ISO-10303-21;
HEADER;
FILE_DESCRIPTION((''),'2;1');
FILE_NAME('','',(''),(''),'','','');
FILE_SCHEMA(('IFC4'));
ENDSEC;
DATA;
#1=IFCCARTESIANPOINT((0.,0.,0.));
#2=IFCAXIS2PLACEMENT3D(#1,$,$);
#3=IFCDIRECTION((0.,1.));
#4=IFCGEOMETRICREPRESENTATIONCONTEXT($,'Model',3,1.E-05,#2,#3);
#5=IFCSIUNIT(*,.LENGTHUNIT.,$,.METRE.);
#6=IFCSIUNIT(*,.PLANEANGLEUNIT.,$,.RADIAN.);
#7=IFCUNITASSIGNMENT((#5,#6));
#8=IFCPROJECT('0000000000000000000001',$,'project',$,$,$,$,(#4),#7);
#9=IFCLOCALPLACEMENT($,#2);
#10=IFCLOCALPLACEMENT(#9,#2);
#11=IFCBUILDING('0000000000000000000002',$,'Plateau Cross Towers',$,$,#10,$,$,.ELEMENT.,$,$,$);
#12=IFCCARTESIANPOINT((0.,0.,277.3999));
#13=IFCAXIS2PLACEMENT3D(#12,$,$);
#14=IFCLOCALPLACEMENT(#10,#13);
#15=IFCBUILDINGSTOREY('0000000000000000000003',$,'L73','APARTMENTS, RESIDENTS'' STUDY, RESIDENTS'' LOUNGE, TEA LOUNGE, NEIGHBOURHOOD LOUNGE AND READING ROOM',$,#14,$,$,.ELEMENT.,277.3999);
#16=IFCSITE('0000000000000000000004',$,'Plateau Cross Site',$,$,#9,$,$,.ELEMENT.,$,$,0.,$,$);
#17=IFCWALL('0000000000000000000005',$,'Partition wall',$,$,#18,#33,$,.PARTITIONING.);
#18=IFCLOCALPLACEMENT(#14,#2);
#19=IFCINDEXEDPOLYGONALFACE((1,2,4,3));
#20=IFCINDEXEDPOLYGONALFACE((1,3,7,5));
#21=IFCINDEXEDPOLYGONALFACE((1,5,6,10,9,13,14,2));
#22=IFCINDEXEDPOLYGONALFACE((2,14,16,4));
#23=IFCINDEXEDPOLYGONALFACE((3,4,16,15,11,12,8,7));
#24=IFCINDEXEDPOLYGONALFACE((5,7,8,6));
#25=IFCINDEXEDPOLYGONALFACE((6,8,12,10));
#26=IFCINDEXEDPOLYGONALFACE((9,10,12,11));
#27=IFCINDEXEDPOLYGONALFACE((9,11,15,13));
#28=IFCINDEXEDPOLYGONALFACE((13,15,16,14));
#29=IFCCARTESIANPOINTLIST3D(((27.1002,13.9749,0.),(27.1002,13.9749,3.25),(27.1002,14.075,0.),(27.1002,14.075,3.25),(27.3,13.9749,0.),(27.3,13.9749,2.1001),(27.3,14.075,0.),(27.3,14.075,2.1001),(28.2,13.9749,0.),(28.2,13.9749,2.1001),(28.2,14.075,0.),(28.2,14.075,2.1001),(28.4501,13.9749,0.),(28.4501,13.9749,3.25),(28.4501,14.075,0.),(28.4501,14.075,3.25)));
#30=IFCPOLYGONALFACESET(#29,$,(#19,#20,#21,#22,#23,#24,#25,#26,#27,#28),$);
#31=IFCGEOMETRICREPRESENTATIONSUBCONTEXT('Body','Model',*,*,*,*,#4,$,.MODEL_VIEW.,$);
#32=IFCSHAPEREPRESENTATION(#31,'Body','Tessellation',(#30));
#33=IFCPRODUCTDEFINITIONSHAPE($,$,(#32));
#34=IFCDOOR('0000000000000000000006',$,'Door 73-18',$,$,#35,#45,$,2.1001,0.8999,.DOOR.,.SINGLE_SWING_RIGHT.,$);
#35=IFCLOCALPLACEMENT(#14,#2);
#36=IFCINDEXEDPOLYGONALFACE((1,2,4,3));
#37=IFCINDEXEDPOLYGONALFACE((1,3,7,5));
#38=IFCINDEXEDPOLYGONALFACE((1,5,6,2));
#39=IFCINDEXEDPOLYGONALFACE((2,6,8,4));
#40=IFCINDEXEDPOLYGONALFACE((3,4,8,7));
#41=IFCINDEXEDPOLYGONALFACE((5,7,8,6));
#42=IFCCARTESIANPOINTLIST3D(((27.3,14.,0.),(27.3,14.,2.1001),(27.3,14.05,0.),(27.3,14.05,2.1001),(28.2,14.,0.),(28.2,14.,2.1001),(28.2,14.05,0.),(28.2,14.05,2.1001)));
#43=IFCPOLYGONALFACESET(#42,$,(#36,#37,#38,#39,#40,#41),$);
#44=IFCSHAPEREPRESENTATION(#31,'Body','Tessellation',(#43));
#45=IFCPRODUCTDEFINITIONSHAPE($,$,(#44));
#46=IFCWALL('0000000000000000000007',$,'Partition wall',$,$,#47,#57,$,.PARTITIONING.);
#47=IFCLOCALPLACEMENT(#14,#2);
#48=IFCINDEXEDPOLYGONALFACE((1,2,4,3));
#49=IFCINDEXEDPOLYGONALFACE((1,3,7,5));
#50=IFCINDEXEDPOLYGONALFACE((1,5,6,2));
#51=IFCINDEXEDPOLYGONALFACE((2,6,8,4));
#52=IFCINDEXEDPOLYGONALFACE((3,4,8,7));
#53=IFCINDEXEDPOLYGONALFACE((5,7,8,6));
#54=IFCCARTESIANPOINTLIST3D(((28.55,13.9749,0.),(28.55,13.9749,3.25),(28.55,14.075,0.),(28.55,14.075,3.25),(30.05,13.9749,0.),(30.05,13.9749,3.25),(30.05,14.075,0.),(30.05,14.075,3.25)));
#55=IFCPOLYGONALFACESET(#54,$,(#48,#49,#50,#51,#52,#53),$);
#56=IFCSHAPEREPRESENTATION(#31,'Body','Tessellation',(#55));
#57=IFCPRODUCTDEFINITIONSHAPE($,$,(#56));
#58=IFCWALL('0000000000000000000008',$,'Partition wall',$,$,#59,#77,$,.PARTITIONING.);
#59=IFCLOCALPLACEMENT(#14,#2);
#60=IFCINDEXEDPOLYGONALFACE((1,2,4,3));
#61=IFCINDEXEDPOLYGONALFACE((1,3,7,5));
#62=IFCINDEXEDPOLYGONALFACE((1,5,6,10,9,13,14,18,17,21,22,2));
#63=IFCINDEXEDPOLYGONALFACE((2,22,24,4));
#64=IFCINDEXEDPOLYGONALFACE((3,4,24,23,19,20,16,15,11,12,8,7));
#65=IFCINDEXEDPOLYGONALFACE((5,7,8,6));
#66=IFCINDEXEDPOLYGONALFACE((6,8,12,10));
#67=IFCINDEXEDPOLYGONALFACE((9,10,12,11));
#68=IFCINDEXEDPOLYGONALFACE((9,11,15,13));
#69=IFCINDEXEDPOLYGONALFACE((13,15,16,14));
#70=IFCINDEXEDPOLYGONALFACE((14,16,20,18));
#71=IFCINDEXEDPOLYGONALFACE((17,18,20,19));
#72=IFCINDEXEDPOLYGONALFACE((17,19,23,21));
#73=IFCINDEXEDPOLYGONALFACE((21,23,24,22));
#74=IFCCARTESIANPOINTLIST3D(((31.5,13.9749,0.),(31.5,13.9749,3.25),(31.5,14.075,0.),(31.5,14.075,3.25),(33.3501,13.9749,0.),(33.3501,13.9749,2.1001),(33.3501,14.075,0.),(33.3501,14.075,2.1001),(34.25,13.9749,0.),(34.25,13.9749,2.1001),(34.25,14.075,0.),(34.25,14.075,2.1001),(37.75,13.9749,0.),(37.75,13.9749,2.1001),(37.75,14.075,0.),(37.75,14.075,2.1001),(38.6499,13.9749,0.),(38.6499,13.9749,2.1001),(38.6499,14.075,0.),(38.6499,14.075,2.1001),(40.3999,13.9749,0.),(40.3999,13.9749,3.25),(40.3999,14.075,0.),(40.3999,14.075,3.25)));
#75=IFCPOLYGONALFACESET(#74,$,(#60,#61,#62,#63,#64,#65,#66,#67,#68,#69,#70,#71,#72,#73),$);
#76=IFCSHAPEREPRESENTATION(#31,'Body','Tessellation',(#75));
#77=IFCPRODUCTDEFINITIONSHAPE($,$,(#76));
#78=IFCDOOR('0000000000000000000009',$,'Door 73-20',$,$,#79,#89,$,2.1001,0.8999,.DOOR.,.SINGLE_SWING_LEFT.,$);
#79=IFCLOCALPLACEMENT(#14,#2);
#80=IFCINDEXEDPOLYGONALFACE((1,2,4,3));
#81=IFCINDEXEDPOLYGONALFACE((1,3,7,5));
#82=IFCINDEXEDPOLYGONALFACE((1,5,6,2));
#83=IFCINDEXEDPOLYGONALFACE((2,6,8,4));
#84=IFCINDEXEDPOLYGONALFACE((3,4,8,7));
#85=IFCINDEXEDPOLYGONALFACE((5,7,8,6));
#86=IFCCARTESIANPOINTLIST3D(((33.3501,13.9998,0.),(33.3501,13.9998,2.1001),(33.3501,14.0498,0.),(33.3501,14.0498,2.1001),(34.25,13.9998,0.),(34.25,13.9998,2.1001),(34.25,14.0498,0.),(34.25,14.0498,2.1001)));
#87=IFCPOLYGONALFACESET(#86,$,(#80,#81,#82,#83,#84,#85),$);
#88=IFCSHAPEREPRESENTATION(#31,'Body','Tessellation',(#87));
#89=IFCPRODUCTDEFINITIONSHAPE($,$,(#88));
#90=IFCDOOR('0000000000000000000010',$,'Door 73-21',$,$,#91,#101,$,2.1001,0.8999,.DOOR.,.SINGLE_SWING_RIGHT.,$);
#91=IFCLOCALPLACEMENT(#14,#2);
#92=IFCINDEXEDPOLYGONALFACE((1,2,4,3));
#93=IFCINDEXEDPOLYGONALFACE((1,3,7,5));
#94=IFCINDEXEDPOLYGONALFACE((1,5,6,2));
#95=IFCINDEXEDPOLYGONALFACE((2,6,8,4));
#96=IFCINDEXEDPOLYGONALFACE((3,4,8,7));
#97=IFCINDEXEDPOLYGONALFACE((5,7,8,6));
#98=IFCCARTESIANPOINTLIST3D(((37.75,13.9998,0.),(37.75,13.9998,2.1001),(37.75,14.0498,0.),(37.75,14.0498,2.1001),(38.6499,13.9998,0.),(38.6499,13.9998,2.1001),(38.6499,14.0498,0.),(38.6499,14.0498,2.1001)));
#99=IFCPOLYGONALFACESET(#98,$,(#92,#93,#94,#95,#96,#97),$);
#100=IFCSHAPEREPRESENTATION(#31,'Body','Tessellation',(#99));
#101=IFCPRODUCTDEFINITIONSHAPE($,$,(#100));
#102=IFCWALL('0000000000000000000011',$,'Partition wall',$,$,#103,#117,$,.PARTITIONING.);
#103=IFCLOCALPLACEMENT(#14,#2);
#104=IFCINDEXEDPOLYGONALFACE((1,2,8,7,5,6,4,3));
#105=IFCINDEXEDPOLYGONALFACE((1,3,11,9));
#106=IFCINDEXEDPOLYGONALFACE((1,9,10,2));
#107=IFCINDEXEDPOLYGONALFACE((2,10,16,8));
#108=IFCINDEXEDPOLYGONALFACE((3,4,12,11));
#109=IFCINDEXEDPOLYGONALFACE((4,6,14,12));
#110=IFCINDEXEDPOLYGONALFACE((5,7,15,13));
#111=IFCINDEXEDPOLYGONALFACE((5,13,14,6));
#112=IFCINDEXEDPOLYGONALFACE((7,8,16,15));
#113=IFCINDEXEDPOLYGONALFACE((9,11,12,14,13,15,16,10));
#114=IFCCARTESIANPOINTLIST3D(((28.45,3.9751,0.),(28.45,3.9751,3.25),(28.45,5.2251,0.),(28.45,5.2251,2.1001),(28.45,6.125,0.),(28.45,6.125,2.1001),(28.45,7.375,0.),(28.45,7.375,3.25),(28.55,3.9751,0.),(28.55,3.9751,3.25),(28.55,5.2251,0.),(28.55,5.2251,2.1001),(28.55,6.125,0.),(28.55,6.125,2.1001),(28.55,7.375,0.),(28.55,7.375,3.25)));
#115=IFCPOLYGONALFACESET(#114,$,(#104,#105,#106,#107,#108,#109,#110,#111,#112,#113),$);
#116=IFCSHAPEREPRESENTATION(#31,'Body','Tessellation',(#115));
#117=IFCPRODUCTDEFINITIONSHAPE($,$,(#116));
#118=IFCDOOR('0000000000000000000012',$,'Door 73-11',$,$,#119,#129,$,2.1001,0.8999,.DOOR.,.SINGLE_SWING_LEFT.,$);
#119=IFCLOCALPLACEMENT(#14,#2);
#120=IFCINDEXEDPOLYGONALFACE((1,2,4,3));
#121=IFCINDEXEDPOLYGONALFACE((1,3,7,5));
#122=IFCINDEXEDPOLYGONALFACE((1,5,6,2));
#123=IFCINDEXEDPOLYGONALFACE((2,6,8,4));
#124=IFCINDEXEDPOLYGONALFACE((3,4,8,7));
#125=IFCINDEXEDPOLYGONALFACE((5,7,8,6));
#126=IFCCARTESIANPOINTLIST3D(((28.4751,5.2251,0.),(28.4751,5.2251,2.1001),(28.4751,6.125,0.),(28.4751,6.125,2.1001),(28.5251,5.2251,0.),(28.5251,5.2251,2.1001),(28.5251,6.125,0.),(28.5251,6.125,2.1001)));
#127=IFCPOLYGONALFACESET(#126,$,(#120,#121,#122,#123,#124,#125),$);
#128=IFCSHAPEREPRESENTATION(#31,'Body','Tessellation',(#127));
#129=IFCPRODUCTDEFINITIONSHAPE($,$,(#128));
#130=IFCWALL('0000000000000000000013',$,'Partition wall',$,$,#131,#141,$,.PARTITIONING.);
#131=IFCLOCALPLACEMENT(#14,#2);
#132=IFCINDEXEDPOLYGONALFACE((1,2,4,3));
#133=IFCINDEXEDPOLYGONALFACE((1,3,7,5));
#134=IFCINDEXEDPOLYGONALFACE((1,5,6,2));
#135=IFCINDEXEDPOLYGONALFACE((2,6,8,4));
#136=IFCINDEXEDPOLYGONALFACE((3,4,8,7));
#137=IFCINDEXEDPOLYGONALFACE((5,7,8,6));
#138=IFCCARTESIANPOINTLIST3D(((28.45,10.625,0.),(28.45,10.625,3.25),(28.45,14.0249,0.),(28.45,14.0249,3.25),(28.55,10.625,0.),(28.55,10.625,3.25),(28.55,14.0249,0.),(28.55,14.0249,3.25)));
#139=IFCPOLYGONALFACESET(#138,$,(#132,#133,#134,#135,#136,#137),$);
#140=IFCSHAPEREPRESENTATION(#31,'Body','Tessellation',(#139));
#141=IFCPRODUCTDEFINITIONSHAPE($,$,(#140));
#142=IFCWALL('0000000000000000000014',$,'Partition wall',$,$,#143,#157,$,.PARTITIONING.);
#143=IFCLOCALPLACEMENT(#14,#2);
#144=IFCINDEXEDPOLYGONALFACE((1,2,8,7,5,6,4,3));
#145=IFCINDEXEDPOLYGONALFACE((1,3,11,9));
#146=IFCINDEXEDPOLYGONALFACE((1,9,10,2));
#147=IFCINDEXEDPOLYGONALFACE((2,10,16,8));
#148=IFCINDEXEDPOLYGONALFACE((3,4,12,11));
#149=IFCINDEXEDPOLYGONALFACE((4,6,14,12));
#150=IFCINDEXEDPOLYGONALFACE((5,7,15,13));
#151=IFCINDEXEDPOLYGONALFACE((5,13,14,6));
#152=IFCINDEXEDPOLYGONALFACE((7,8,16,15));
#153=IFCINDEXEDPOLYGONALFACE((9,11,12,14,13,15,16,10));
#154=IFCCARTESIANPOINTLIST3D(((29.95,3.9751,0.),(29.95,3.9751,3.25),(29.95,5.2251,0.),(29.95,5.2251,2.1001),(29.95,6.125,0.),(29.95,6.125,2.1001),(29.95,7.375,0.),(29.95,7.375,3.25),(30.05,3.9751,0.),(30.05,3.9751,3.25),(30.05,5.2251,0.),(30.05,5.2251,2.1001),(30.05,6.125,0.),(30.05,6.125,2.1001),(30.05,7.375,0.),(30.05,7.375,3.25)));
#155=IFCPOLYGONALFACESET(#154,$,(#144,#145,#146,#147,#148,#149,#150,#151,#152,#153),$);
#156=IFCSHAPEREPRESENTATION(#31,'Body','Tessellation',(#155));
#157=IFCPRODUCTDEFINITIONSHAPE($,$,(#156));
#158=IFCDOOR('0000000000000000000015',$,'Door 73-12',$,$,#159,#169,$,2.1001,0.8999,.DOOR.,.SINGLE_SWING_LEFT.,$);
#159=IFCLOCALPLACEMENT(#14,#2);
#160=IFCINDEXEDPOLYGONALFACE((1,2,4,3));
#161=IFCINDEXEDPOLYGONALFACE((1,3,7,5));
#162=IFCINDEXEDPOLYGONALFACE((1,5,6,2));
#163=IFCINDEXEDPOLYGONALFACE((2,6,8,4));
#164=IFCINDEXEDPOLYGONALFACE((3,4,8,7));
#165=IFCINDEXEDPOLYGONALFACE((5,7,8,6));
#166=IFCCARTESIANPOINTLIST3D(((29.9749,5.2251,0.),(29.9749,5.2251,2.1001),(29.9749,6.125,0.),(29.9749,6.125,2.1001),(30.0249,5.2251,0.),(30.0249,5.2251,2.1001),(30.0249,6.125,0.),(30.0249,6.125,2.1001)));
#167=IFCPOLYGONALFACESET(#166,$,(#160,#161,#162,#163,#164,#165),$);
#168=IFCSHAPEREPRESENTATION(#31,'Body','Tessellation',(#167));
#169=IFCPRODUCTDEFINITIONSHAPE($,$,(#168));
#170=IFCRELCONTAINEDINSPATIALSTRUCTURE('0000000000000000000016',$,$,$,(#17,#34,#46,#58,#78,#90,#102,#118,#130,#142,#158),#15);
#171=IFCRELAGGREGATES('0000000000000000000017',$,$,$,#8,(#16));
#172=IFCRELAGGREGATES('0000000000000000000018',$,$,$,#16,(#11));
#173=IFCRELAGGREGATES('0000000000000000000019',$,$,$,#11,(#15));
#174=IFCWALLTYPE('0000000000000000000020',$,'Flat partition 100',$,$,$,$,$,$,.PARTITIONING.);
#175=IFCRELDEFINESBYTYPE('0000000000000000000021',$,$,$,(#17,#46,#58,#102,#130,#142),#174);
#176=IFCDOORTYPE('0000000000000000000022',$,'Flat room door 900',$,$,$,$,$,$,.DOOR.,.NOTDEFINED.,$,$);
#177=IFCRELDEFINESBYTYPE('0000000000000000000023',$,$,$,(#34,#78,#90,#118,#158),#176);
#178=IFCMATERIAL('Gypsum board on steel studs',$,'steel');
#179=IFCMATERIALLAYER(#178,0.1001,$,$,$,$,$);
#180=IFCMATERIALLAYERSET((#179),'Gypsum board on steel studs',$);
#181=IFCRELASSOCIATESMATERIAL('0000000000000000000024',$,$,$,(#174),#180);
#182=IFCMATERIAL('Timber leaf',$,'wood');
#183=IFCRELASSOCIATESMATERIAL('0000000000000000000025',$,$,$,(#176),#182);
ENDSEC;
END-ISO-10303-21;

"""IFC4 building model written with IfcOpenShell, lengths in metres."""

from ifc_helpers import new_model, si_unit, direction, frame, frame_2d, origin, place, context, subcontext, project, spatial, rectangle, extrude, material, layer, layer_set, type_object, element, fill, save


model = new_model("IFC4")

# Units and contexts
model_context = context("Model", 3, precision=1e-05, world=origin(), true_north=direction((0.0, 1.0)))
body_context = subcontext(model_context, "Body", "Model", "MODEL_VIEW")
ifc_project = project(units=[si_unit("LENGTHUNIT", "METRE"), si_unit("PLANEANGLEUNIT", "RADIAN")], contexts=[model_context])

# Site, building, storey
site_placement = place(None, origin())
site = spatial("IfcSite", under=ifc_project, at=site_placement, Name="Plateau Cross Site", CompositionType="ELEMENT", RefElevation=0.0)
building_placement = place(site_placement, origin())
building = spatial("IfcBuilding", under=site, at=building_placement, Name="Plateau Cross Towers", CompositionType="ELEMENT")
storey_placement = place(building_placement, frame((0.0, 0.0, 277.3999)))
storey = spatial("IfcBuildingStorey", under=building, at=storey_placement, Name="L73", Description="APARTMENTS, RESIDENTS' STUDY, RESIDENTS' LOUNGE, TEA LOUNGE, NEIGHBOURHOOD LOUNGE AND READING ROOM", CompositionType="ELEMENT", Elevation=277.3999)

# Shared definitions
ifc_material_1 = material(Name="Gypsum board on steel studs", Category="steel")
ifc_layer_1 = layer(ifc_material_1, 0.1001)
ifc_layer_set_1 = layer_set([ifc_layer_1], Name="Gypsum board on steel studs")
wall_type_1 = type_object("IfcWallType", Name="Flat partition 100", PredefinedType="PARTITIONING", material=ifc_layer_set_1)

# Wall, opening, door
wall_1_placement = place(storey_placement, frame((28.45, 14.0249, 0.0), z_axis=(0.0, 0.0, 1.0), x_axis=(-1.0, 0.0, 0.0)))
wall_1 = element("IfcWall", 1, at=wall_1_placement, inside=storey, type_object=wall_type_1, Name="Partition wall", PredefinedType="PARTITIONING", context=body_context, shape_type="SweptSolid", body=[
    extrude(rectangle(XDim=1.3499, YDim=0.1001, at=frame_2d((0.6748, 0.0))), origin(), (0.0, 0.0, 1.0), 3.25),
])
opening_1_placement = place(wall_1_placement, frame((0.25, 0.0, 0.0)))
opening_1 = element("IfcOpeningElement", 2, at=opening_1_placement, cuts=wall_1, PredefinedType="OPENING", context=body_context, shape_type="SweptSolid", body=[
    extrude(rectangle(XDim=0.8999, YDim=2.1001, at=frame_2d((0.45, 1.05))), frame((0.0, 0.0601, 0.0), z_axis=(0.0, -1.0, 0.0), x_axis=(1.0, 0.0, 0.0)), (0.0, 0.0, 1.0), 0.1201),
])
ifc_material_2 = material(Name="Timber leaf", Category="wood")
door_type = type_object("IfcDoorType", Name="Flat room door 900", OperationType="NOTDEFINED", PredefinedType="DOOR", material=ifc_material_2)
door_1_placement = place(opening_1_placement, origin())
door_1 = element("IfcDoor", 3, at=door_1_placement, inside=storey, type_object=door_type, Name="Door 73-18", OperationType="SINGLE_SWING_RIGHT", OverallHeight=2.1001, OverallWidth=0.8999, PredefinedType="DOOR", context=body_context, shape_type="SweptSolid", body=[
    extrude(rectangle(XDim=0.8999, YDim=2.1001, at=frame_2d((0.45, 1.05))), frame((0.0, 0.0249, 0.0), z_axis=(0.0, -1.0, 0.0), x_axis=(1.0, 0.0, 0.0)), (0.0, 0.0, 1.0), 0.05),
])
fill(opening_1, door_1)

# Wall
wall_2_placement = place(storey_placement, frame((30.05, 14.0249, 0.0), z_axis=(0.0, 0.0, 1.0), x_axis=(-1.0, 0.0, 0.0)))
element("IfcWall", 4, at=wall_2_placement, inside=storey, type_object=wall_type_1, Name="Partition wall", PredefinedType="PARTITIONING", context=body_context, shape_type="SweptSolid", body=[
    extrude(rectangle(XDim=1.5, YDim=0.1001, at=frame_2d((0.75, 0.0))), origin(), (0.0, 0.0, 1.0), 3.25),
])

# Wall, openings, doors
wall_3_placement = place(storey_placement, frame((31.5, 14.0249, 0.0), z_axis=(0.0, 0.0, 1.0), x_axis=(1.0, 0.0, 0.0)))
wall_3 = element("IfcWall", 5, at=wall_3_placement, inside=storey, type_object=wall_type_1, Name="Partition wall", PredefinedType="PARTITIONING", context=body_context, shape_type="SweptSolid", body=[
    extrude(rectangle(XDim=8.8999, YDim=0.1001, at=frame_2d((4.45, 0.0))), origin(), (0.0, 0.0, 1.0), 3.25),
])
opening_2_placement = place(wall_3_placement, frame((1.8501, 0.0, 0.0)))
opening_2 = element("IfcOpeningElement", 6, at=opening_2_placement, cuts=wall_3, PredefinedType="OPENING", context=body_context, shape_type="SweptSolid", body=[
    extrude(rectangle(XDim=0.8999, YDim=2.1001, at=frame_2d((0.45, 1.05))), frame((0.0, 0.0601, 0.0), z_axis=(0.0, -1.0, 0.0), x_axis=(1.0, 0.0, 0.0)), (0.0, 0.0, 1.0), 0.1201),
])
opening_3_placement = place(wall_3_placement, frame((6.25, 0.0, 0.0)))
opening_3 = element("IfcOpeningElement", 7, at=opening_3_placement, cuts=wall_3, PredefinedType="OPENING", context=body_context, shape_type="SweptSolid", body=[
    extrude(rectangle(XDim=0.8999, YDim=2.1001, at=frame_2d((0.45, 1.05))), frame((0.0, 0.0601, 0.0), z_axis=(0.0, -1.0, 0.0), x_axis=(1.0, 0.0, 0.0)), (0.0, 0.0, 1.0), 0.1201),
])
door_2_placement = place(opening_2_placement, origin())
door_2 = element("IfcDoor", 8, at=door_2_placement, inside=storey, type_object=door_type, Name="Door 73-20", OperationType="SINGLE_SWING_LEFT", OverallHeight=2.1001, OverallWidth=0.8999, PredefinedType="DOOR", context=body_context, shape_type="SweptSolid", body=[
    extrude(rectangle(XDim=0.8999, YDim=2.1001, at=frame_2d((0.45, 1.05))), frame((0.0, 0.0249, 0.0), z_axis=(0.0, -1.0, 0.0), x_axis=(1.0, 0.0, 0.0)), (0.0, 0.0, 1.0), 0.05),
])
fill(opening_2, door_2)
door_3_placement = place(opening_3_placement, origin())
door_3 = element("IfcDoor", 9, at=door_3_placement, inside=storey, type_object=door_type, Name="Door 73-21", OperationType="SINGLE_SWING_RIGHT", OverallHeight=2.1001, OverallWidth=0.8999, PredefinedType="DOOR", context=body_context, shape_type="SweptSolid", body=[
    extrude(rectangle(XDim=0.8999, YDim=2.1001, at=frame_2d((0.45, 1.05))), frame((0.0, 0.0249, 0.0), z_axis=(0.0, -1.0, 0.0), x_axis=(1.0, 0.0, 0.0)), (0.0, 0.0, 1.0), 0.05),
])
fill(opening_3, door_3)

# Wall, opening, door
wall_4_placement = place(storey_placement, frame((28.5, 3.9751, 0.0), z_axis=(0.0, 0.0, 1.0), x_axis=(0.0, 1.0, 0.0)))
wall_4 = element("IfcWall", 10, at=wall_4_placement, inside=storey, type_object=wall_type_1, Name="Partition wall", PredefinedType="PARTITIONING", context=body_context, shape_type="SweptSolid", body=[
    extrude(rectangle(XDim=3.3999, YDim=0.1001, at=frame_2d((1.7, 0.0))), origin(), (0.0, 0.0, 1.0), 3.25),
])
opening_4_placement = place(wall_4_placement, frame((1.25, 0.0, 0.0)))
opening_4 = element("IfcOpeningElement", 11, at=opening_4_placement, cuts=wall_4, PredefinedType="OPENING", context=body_context, shape_type="SweptSolid", body=[
    extrude(rectangle(XDim=0.8999, YDim=2.1001, at=frame_2d((0.45, 1.05))), frame((0.0, 0.0601, 0.0), z_axis=(0.0, -1.0, 0.0), x_axis=(1.0, 0.0, 0.0)), (0.0, 0.0, 1.0), 0.1201),
])
door_4_placement = place(opening_4_placement, origin())
door_4 = element("IfcDoor", 12, at=door_4_placement, inside=storey, type_object=door_type, Name="Door 73-11", OperationType="SINGLE_SWING_LEFT", OverallHeight=2.1001, OverallWidth=0.8999, PredefinedType="DOOR", context=body_context, shape_type="SweptSolid", body=[
    extrude(rectangle(XDim=0.8999, YDim=2.1001, at=frame_2d((0.45, 1.05))), frame((0.0, 0.0249, 0.0), z_axis=(0.0, -1.0, 0.0), x_axis=(1.0, 0.0, 0.0)), (0.0, 0.0, 1.0), 0.05),
])
fill(opening_4, door_4)

# Wall
wall_5_placement = place(storey_placement, frame((28.5, 10.625, 0.0), z_axis=(0.0, 0.0, 1.0), x_axis=(0.0, 1.0, 0.0)))
element("IfcWall", 13, at=wall_5_placement, inside=storey, type_object=wall_type_1, Name="Partition wall", PredefinedType="PARTITIONING", context=body_context, shape_type="SweptSolid", body=[
    extrude(rectangle(XDim=3.3999, YDim=0.1001, at=frame_2d((1.7, 0.0))), origin(), (0.0, 0.0, 1.0), 3.25),
])

# Wall, opening, door
wall_6_placement = place(storey_placement, frame((30.0, 7.375, 0.0), z_axis=(0.0, 0.0, 1.0), x_axis=(0.0, -1.0, 0.0)))
wall_6 = element("IfcWall", 14, at=wall_6_placement, inside=storey, type_object=wall_type_1, Name="Partition wall", PredefinedType="PARTITIONING", context=body_context, shape_type="SweptSolid", body=[
    extrude(rectangle(XDim=3.3999, YDim=0.1001, at=frame_2d((1.7, 0.0))), origin(), (0.0, 0.0, 1.0), 3.25),
])
opening_5_placement = place(wall_6_placement, frame((1.25, 0.0, 0.0)))
opening_5 = element("IfcOpeningElement", 15, at=opening_5_placement, cuts=wall_6, PredefinedType="OPENING", context=body_context, shape_type="SweptSolid", body=[
    extrude(rectangle(XDim=0.8999, YDim=2.1001, at=frame_2d((0.45, 1.05))), frame((0.0, 0.0601, 0.0), z_axis=(0.0, -1.0, 0.0), x_axis=(1.0, 0.0, 0.0)), (0.0, 0.0, 1.0), 0.1201),
])
door_5_placement = place(opening_5_placement, origin())
door_5 = element("IfcDoor", 16, at=door_5_placement, inside=storey, type_object=door_type, Name="Door 73-12", OperationType="SINGLE_SWING_LEFT", OverallHeight=2.1001, OverallWidth=0.8999, PredefinedType="DOOR", context=body_context, shape_type="SweptSolid", body=[
    extrude(rectangle(XDim=0.8999, YDim=2.1001, at=frame_2d((0.45, 1.05))), frame((0.0, 0.0249, 0.0), z_axis=(0.0, -1.0, 0.0), x_axis=(1.0, 0.0, 0.0)), (0.0, 0.0, 1.0), 0.05),
])
fill(opening_5, door_5)

save(model, "model.ifc")
